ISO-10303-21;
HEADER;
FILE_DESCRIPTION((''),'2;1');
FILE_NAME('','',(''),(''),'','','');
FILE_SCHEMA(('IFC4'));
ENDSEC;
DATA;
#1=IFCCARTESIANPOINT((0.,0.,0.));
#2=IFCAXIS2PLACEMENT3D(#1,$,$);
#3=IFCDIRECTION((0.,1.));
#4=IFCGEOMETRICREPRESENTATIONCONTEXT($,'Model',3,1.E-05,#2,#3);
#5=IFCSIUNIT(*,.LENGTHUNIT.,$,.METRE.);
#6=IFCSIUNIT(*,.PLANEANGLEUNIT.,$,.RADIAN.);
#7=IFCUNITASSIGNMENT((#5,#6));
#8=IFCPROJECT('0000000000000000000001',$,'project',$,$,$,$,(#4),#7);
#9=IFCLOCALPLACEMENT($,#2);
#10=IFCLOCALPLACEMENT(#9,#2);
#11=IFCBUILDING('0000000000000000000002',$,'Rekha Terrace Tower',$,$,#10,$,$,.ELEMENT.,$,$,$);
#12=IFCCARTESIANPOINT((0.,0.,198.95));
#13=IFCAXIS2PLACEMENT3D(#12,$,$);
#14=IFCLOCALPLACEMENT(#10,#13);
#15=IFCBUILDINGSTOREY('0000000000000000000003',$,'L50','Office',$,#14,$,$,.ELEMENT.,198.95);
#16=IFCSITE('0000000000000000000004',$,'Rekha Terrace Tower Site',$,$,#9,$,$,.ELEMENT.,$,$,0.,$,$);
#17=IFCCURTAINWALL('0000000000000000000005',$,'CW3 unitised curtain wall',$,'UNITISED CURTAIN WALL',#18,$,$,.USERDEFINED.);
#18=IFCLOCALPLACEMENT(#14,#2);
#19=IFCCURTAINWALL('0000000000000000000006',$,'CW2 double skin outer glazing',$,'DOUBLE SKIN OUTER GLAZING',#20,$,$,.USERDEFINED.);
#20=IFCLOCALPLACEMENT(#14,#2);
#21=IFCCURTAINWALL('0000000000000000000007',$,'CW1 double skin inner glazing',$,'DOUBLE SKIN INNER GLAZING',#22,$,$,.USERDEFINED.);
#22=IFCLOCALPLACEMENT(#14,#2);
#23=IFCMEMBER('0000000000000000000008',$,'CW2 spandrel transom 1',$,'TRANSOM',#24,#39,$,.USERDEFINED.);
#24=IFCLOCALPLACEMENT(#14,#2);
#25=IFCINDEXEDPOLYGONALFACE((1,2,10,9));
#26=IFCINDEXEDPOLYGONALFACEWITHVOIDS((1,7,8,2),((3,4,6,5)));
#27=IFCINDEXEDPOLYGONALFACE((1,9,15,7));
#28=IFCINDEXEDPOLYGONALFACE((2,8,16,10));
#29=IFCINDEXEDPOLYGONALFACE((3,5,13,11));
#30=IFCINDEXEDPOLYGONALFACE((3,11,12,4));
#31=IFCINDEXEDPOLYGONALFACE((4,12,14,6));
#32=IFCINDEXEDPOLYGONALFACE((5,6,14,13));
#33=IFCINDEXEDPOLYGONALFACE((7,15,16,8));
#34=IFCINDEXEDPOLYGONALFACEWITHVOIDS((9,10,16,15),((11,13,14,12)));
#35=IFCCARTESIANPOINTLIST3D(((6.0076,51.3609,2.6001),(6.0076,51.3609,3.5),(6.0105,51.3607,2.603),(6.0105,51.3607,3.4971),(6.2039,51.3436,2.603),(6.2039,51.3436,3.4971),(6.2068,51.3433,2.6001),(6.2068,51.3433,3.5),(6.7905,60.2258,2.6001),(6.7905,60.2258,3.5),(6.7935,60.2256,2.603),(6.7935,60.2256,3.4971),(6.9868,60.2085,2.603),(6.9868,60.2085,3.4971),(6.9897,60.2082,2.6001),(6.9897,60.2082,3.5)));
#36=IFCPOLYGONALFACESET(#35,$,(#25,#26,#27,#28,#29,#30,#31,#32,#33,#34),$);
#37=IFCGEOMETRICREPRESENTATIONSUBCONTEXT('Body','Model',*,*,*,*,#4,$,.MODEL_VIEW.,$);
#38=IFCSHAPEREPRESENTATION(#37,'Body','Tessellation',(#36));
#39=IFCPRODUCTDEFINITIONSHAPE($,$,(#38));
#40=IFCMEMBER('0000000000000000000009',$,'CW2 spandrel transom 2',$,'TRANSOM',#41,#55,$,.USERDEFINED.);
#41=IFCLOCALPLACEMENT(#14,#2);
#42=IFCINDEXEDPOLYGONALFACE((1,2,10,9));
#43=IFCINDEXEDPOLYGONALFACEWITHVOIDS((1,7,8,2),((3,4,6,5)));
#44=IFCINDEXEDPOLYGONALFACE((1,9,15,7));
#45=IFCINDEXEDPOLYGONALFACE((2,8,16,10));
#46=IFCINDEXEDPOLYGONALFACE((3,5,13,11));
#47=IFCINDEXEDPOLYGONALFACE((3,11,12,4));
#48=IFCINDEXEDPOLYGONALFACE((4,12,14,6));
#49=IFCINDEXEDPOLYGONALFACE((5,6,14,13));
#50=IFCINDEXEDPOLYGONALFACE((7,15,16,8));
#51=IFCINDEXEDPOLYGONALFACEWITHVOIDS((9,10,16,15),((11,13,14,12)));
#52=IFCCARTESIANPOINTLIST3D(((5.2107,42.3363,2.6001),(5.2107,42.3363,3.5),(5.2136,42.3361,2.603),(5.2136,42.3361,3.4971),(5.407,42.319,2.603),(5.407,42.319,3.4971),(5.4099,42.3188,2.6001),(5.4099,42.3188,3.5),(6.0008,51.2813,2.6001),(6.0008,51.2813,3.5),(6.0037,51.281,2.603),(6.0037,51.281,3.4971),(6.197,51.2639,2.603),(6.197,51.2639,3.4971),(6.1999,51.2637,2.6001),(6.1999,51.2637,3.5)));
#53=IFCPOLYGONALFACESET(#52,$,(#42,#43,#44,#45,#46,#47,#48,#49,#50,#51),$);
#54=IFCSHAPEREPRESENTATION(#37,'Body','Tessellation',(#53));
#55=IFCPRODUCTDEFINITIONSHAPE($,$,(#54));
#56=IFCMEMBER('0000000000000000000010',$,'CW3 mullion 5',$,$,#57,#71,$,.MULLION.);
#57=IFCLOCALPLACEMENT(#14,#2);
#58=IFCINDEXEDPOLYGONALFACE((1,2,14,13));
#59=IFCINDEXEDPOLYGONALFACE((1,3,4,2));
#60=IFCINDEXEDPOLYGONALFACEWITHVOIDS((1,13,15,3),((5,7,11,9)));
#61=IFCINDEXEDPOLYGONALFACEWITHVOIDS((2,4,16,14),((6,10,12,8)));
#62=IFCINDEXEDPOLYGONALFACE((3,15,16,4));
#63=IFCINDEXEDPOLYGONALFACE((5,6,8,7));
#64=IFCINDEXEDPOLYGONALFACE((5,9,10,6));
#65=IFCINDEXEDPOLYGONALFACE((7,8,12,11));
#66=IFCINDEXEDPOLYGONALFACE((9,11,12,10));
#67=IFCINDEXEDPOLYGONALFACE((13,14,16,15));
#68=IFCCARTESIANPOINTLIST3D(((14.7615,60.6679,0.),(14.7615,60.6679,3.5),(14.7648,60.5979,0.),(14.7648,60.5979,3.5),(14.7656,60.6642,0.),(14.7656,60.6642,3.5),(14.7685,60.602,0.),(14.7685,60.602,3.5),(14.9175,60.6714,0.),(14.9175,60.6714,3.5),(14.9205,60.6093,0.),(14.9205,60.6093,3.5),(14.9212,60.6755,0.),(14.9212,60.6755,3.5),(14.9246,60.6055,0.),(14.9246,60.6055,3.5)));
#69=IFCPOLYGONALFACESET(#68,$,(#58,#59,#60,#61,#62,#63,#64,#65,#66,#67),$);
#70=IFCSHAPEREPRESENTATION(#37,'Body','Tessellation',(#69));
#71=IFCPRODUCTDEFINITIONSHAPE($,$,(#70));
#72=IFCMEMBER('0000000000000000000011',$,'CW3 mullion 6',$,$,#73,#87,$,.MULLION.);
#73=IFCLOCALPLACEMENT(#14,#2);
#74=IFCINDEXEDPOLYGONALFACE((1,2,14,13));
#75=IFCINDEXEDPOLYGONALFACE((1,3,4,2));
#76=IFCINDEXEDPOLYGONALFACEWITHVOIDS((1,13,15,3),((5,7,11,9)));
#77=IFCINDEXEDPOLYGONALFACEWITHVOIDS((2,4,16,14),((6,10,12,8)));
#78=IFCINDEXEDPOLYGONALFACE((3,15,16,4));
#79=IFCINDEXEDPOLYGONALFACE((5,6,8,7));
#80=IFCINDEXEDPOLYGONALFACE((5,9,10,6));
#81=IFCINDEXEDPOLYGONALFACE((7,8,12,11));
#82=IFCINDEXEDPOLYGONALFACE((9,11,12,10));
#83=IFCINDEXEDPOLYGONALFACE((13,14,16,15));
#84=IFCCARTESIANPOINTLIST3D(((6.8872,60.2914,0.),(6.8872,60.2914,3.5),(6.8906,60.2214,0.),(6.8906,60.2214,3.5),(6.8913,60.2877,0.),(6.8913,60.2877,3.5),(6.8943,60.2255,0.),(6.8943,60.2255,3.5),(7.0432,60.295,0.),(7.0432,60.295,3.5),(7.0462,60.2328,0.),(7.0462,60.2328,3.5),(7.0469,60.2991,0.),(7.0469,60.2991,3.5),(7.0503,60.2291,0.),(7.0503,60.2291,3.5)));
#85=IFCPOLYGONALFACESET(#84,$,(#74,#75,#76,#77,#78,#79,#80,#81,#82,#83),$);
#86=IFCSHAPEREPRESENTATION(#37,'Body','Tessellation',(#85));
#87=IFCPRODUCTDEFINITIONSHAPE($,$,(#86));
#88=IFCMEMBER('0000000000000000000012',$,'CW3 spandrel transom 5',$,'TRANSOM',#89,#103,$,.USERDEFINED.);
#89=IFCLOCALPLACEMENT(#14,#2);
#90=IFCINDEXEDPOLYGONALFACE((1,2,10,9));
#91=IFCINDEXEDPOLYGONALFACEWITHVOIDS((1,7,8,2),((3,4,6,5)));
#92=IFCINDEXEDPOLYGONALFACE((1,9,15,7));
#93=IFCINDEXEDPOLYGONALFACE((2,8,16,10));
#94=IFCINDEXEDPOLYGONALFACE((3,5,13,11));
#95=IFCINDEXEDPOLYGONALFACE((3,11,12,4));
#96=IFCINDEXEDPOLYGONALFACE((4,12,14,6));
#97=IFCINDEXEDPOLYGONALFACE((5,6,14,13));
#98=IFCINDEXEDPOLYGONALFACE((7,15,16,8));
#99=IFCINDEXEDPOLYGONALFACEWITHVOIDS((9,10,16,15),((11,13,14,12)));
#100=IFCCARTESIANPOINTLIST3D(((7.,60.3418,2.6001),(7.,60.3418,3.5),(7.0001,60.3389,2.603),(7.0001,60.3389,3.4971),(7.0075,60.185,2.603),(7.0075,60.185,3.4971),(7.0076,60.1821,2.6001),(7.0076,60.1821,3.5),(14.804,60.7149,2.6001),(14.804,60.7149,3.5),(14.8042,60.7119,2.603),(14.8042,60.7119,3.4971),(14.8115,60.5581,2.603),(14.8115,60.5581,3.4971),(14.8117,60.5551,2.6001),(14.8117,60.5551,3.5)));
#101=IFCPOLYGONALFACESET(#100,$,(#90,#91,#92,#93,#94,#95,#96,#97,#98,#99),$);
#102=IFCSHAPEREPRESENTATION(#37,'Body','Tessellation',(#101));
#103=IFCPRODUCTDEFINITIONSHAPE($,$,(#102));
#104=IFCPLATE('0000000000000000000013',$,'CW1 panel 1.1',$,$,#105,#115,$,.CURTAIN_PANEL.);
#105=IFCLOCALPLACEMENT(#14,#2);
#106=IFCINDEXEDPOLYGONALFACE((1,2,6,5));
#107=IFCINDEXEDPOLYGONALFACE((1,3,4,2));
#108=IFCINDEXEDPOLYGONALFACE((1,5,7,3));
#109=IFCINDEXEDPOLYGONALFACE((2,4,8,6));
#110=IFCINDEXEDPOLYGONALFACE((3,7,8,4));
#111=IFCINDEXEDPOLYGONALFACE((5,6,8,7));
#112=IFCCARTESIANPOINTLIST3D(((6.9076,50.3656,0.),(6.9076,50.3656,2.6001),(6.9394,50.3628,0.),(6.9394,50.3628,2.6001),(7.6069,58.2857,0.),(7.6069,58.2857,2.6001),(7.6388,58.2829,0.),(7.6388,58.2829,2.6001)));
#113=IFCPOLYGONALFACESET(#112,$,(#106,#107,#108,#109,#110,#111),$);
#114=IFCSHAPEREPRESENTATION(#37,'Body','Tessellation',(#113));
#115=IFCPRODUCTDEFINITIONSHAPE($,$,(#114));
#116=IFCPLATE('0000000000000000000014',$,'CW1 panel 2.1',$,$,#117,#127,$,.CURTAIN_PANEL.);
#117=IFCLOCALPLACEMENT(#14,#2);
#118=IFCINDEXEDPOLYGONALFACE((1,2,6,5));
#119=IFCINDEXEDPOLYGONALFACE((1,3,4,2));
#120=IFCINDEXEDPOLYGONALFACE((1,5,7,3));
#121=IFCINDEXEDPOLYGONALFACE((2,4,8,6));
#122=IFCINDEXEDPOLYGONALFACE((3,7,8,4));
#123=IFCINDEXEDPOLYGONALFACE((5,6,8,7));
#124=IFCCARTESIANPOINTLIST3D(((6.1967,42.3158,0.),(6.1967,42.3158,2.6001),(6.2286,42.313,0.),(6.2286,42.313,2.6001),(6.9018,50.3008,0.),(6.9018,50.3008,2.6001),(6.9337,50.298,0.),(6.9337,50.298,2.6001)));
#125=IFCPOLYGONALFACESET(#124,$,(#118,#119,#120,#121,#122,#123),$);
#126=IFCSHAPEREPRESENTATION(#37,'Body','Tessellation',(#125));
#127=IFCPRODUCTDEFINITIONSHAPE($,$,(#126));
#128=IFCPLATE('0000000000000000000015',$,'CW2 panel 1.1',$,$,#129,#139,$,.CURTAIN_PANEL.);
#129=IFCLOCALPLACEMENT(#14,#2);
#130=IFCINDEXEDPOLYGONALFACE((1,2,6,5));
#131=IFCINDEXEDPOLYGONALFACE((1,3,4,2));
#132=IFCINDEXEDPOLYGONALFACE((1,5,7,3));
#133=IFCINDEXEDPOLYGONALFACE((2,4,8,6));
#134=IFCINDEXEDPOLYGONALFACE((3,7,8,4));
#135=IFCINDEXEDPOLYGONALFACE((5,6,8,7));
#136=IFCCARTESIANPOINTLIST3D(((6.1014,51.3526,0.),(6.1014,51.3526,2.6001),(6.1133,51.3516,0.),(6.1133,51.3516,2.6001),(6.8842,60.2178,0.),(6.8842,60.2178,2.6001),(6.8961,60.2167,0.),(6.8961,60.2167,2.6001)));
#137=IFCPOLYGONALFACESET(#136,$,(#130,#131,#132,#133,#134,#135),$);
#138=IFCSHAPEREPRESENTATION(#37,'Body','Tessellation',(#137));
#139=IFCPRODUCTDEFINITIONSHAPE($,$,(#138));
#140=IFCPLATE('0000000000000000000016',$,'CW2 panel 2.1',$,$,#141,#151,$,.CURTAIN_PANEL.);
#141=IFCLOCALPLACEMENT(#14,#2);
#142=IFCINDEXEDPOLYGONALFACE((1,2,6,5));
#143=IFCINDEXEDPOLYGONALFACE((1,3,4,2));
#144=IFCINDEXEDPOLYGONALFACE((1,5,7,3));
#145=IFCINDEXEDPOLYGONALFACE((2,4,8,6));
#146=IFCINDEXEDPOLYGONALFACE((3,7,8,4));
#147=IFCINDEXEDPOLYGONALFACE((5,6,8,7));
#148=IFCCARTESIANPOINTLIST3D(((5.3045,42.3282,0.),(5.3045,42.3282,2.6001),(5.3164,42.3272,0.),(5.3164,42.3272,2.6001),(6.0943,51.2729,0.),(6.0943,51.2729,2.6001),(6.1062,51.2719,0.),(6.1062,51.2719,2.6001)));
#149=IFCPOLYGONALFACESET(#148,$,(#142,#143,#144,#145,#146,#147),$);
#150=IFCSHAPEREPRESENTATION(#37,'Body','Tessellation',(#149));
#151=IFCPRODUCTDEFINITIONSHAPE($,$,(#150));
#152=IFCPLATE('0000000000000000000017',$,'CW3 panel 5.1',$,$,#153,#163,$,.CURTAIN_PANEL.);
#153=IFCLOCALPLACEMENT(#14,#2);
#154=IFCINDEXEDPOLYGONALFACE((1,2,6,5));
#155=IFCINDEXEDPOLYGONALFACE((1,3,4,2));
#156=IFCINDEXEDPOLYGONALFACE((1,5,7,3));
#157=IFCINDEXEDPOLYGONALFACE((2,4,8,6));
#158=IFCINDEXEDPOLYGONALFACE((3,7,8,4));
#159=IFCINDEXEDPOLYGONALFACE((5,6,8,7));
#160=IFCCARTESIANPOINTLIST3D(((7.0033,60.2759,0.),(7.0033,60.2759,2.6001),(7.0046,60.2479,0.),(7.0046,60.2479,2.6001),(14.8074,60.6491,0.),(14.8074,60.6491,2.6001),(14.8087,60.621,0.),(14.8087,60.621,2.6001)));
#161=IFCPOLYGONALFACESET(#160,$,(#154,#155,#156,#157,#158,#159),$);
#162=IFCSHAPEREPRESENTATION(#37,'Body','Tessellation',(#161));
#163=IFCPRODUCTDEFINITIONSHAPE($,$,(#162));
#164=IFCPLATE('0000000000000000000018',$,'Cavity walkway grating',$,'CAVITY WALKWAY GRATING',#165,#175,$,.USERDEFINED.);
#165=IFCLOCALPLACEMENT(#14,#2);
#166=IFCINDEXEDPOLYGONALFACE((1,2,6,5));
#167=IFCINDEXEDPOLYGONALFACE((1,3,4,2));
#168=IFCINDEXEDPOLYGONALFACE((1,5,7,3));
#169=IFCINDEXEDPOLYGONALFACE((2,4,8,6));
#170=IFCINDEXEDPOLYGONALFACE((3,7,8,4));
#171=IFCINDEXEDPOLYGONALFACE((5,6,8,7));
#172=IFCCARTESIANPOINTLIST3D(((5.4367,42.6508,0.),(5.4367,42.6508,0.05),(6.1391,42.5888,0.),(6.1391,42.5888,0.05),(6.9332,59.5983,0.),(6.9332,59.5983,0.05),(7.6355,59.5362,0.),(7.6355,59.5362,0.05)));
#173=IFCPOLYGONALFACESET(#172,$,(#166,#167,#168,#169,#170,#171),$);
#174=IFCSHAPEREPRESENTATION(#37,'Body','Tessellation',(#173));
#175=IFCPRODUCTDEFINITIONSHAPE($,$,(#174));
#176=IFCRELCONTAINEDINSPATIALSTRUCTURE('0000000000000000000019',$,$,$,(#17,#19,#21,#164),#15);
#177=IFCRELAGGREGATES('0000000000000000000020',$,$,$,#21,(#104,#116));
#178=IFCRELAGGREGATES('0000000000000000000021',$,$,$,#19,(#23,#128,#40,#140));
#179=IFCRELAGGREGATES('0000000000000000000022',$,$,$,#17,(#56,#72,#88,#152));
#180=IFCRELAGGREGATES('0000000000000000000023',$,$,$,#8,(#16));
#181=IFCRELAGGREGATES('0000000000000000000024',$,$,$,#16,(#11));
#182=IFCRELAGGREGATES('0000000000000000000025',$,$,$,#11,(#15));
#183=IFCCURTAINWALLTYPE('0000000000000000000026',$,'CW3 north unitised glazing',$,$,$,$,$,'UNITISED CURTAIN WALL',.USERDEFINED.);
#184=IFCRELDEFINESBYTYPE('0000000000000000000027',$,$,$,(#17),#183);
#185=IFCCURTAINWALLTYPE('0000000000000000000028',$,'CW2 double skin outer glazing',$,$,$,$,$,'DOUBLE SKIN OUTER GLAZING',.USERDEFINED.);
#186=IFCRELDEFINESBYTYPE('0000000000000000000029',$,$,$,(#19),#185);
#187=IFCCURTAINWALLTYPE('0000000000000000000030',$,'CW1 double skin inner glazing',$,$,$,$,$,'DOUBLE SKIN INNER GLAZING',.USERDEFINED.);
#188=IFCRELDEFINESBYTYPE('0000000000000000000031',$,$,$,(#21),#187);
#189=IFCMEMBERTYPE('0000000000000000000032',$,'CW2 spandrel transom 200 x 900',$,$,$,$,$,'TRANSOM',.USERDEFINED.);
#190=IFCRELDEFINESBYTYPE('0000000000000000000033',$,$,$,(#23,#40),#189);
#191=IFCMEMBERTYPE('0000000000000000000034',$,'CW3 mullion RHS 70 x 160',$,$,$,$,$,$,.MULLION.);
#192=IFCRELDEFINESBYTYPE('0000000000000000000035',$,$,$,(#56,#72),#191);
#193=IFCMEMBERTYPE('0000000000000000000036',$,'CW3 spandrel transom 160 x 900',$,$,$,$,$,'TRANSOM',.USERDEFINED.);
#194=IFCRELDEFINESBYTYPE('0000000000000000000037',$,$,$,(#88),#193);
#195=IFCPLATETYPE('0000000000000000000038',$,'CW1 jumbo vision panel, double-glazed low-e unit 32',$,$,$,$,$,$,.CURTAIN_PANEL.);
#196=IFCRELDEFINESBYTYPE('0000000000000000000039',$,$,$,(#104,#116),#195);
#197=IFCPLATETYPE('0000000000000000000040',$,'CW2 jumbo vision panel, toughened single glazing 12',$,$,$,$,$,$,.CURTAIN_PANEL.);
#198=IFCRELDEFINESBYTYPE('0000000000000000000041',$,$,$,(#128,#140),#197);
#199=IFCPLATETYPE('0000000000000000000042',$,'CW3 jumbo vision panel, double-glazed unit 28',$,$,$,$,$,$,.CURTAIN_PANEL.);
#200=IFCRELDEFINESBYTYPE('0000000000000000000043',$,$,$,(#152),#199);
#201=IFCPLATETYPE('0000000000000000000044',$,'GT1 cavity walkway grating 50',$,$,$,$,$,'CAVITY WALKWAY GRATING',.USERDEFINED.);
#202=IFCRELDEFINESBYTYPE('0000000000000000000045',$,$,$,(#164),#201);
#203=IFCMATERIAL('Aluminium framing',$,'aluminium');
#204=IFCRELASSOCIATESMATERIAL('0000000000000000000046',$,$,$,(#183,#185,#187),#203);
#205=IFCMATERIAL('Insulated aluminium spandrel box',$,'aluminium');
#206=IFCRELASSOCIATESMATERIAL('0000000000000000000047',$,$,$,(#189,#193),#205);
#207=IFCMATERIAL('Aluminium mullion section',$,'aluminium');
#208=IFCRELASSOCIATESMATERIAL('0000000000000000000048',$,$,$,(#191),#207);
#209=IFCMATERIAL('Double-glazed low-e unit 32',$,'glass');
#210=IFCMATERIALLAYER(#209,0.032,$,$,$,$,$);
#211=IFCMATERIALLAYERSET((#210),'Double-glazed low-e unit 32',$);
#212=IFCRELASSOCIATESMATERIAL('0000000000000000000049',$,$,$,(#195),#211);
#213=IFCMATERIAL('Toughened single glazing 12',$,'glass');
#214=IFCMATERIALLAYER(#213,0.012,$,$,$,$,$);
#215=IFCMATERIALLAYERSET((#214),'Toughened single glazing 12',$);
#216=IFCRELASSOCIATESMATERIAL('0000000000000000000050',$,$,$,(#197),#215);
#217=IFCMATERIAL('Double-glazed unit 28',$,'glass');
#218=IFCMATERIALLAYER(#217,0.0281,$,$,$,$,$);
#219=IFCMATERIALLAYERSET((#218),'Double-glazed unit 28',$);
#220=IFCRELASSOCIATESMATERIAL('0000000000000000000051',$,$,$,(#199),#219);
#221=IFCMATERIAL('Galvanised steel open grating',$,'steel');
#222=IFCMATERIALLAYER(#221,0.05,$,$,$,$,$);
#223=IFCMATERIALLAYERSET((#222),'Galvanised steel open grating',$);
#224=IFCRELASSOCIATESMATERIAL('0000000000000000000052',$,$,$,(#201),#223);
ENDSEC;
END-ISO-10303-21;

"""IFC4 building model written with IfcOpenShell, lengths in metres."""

from ifc_helpers import new_model, si_unit, direction, frame, origin, origin_2d, place, context, subcontext, project, spatial, rectangle, hollow_rectangle, extrude, material, layer, layer_set, material_profile, profile_set, type_object, element, aggregate, save


model = new_model("IFC4")

# Units and contexts
model_context = context("Model", 3, precision=1e-05, world=origin(), true_north=direction((0.0, 1.0)))
body_context = subcontext(model_context, "Body", "Model", "MODEL_VIEW")
ifc_project = project(units=[si_unit("LENGTHUNIT", "METRE"), si_unit("PLANEANGLEUNIT", "RADIAN")], contexts=[model_context])

# Site, building, storey
site_placement = place(None, origin())
site = spatial("IfcSite", under=ifc_project, at=site_placement, Name="Rekha Terrace Tower Site", CompositionType="ELEMENT", RefElevation=0.0)
building_placement = place(site_placement, origin())
building = spatial("IfcBuilding", under=site, at=building_placement, Name="Rekha Terrace Tower", CompositionType="ELEMENT")
storey_placement = place(building_placement, frame((0.0, 0.0, 198.95)))
storey = spatial("IfcBuildingStorey", under=building, at=storey_placement, Name="L50", Description="Office", CompositionType="ELEMENT", Elevation=198.95)

# Curtain walls
ifc_material_1 = material(Name="Aluminium framing", Category="aluminium")
curtain_wall_type_1 = type_object("IfcCurtainWallType", Name="CW3 north unitised glazing", ElementType="UNITISED CURTAIN WALL", PredefinedType="USERDEFINED", material=ifc_material_1)
curtain_wall_1_placement = place(storey_placement, origin())
curtain_wall_1 = element("IfcCurtainWall", 1, at=curtain_wall_1_placement, inside=storey, type_object=curtain_wall_type_1, Name="CW3 unitised curtain wall", ObjectType="UNITISED CURTAIN WALL", PredefinedType="USERDEFINED")
curtain_wall_type_2 = type_object("IfcCurtainWallType", Name="CW2 double skin outer glazing", ElementType="DOUBLE SKIN OUTER GLAZING", PredefinedType="USERDEFINED", material=ifc_material_1)
curtain_wall_2_placement = place(storey_placement, origin())
curtain_wall_2 = element("IfcCurtainWall", 2, at=curtain_wall_2_placement, inside=storey, type_object=curtain_wall_type_2, Name="CW2 double skin outer glazing", ObjectType="DOUBLE SKIN OUTER GLAZING", PredefinedType="USERDEFINED")

# Curtain wall
curtain_wall_type_3 = type_object("IfcCurtainWallType", Name="CW1 double skin inner glazing", ElementType="DOUBLE SKIN INNER GLAZING", PredefinedType="USERDEFINED", material=ifc_material_1)
curtain_wall_3_placement = place(storey_placement, origin())
curtain_wall_3 = element("IfcCurtainWall", 3, at=curtain_wall_3_placement, inside=storey, type_object=curtain_wall_type_3, Name="CW1 double skin inner glazing", ObjectType="DOUBLE SKIN INNER GLAZING", PredefinedType="USERDEFINED")
ifc_material_2 = material(Name="Aluminium mullion section", Category="aluminium")
ifc_material_3 = material(Name="Insulated aluminium spandrel box", Category="aluminium")

# Members
ifc_material_profile_1 = material_profile(ifc_material_3, hollow_rectangle(XDim=0.2, YDim=0.8999, WallThickness=0.0029, at=origin_2d()), Name="AL SPANDREL BOX 200x900")
ifc_profile_set_1 = profile_set([ifc_material_profile_1], Name="Insulated aluminium spandrel box")
member_type_1 = type_object("IfcMemberType", Name="CW2 spandrel transom 200 x 900", ElementType="TRANSOM", PredefinedType="USERDEFINED", material=ifc_profile_set_1)
member_1_placement = place(storey_placement, frame((6.8901, 60.217, 3.05), z_axis=(-0.087978, -0.996122, 0.0), x_axis=(0.996122, -0.087978, 0.0)))
member_1 = element("IfcMember", 4, at=member_1_placement, type_object=member_type_1, Name="CW2 spandrel transom 1", ObjectType="TRANSOM", PredefinedType="USERDEFINED", context=body_context, shape_type="SweptSolid", body=[
    extrude(hollow_rectangle(XDim=0.2, YDim=0.8999, WallThickness=0.0029, at=origin_2d()), origin(), (0.0, 0.0, 1.0), 8.8994),
])
member_2_placement = place(storey_placement, frame((6.1003, 51.2725, 3.05), z_axis=(-0.087981, -0.996122, 0.0), x_axis=(0.996122, -0.087981, 0.0)))
member_2 = element("IfcMember", 5, at=member_2_placement, type_object=member_type_1, Name="CW2 spandrel transom 2", ObjectType="TRANSOM", PredefinedType="USERDEFINED", context=body_context, shape_type="SweptSolid", body=[
    extrude(hollow_rectangle(XDim=0.2, YDim=0.8999, WallThickness=0.0029, at=origin_2d()), origin(), (0.0, 0.0, 1.0), 8.9797),
])
ifc_material_profile_2 = material_profile(ifc_material_2, hollow_rectangle(XDim=0.0701, YDim=0.1599, WallThickness=0.0039, at=origin_2d()), Name="AL RHS 70x160")
ifc_profile_set_2 = profile_set([ifc_material_profile_2], Name="Aluminium mullion section")
member_type_2 = type_object("IfcMemberType", Name="CW3 mullion RHS 70 x 160", PredefinedType="MULLION", material=ifc_profile_set_2)
member_3_placement = place(storey_placement, frame((14.843, 60.6367, 0.0), z_axis=(0.0, 0.0, 1.0), x_axis=(0.047759, -0.998859, 0.0)))
member_3 = element("IfcMember", 6, at=member_3_placement, type_object=member_type_2, Name="CW3 mullion 5", PredefinedType="MULLION", context=body_context, shape_type="SweptSolid", body=[
    extrude(hollow_rectangle(XDim=0.0701, YDim=0.1599, WallThickness=0.0039, at=origin_2d()), origin(), (0.0, 0.0, 1.0), 3.5),
])
member_4_placement = place(storey_placement, frame((6.9688, 60.2603, 0.0), z_axis=(0.0, 0.0, 1.0), x_axis=(0.047759, -0.998859, 0.0)))
member_4 = element("IfcMember", 7, at=member_4_placement, type_object=member_type_2, Name="CW3 mullion 6", PredefinedType="MULLION", context=body_context, shape_type="SweptSolid", body=[
    extrude(hollow_rectangle(XDim=0.0701, YDim=0.1599, WallThickness=0.0039, at=origin_2d()), origin(), (0.0, 0.0, 1.0), 3.5),
])
ifc_material_profile_3 = material_profile(ifc_material_3, hollow_rectangle(XDim=0.1599, YDim=0.8999, WallThickness=0.0029, at=origin_2d()), Name="AL SPANDREL BOX 160x900")
ifc_profile_set_3 = profile_set([ifc_material_profile_3], Name="Insulated aluminium spandrel box")
member_type_3 = type_object("IfcMemberType", Name="CW3 spandrel transom 160 x 900", ElementType="TRANSOM", PredefinedType="USERDEFINED", material=ifc_profile_set_3)
member_5_placement = place(storey_placement, frame((14.8079, 60.635, 3.05), z_axis=(-0.998859, -0.047748, 0.0), x_axis=(0.047748, -0.998859, 0.0)))
member_5 = element("IfcMember", 8, at=member_5_placement, type_object=member_type_3, Name="CW3 spandrel transom 5", ObjectType="TRANSOM", PredefinedType="USERDEFINED", context=body_context, shape_type="SweptSolid", body=[
    extrude(hollow_rectangle(XDim=0.1599, YDim=0.8999, WallThickness=0.0029, at=origin_2d()), origin(), (0.0, 0.0, 1.0), 7.813),
])

# Plates
ifc_material_4 = material(Name="Double-glazed low-e unit 32", Category="glass")
ifc_layer_1 = layer(ifc_material_4, 0.032)
ifc_layer_set_1 = layer_set([ifc_layer_1], Name="Double-glazed low-e unit 32")
plate_type_1 = type_object("IfcPlateType", Name="CW1 jumbo vision panel, double-glazed low-e unit 32", PredefinedType="CURTAIN_PANEL", material=ifc_layer_set_1)
plate_1_placement = place(storey_placement, frame((7.2732, 54.3242, 0.0), z_axis=(0.0, 0.0, 1.0), x_axis=(-0.087958, -0.996124, 0.0)))
plate_1 = element("IfcPlate", 9, at=plate_1_placement, type_object=plate_type_1, Name="CW1 panel 1.1", PredefinedType="CURTAIN_PANEL", context=body_context, shape_type="SweptSolid", body=[
    extrude(rectangle(XDim=7.9509, YDim=0.032, at=origin_2d()), origin(), (0.0, 0.0, 1.0), 2.6001),
])
plate_2_placement = place(storey_placement, frame((6.5652, 46.3069, 0.0), z_axis=(0.0, 0.0, 1.0), x_axis=(-0.087958, -0.996124, 0.0)))
plate_2 = element("IfcPlate", 10, at=plate_2_placement, type_object=plate_type_1, Name="CW1 panel 2.1", PredefinedType="CURTAIN_PANEL", context=body_context, shape_type="SweptSolid", body=[
    extrude(rectangle(XDim=8.0161, YDim=0.032, at=origin_2d()), origin(), (0.0, 0.0, 1.0), 2.6001),
])
aggregate(curtain_wall_3, [plate_1, plate_2])
ifc_material_5 = material(Name="Toughened single glazing 12", Category="glass")
ifc_layer_2 = layer(ifc_material_5, 0.012)
ifc_layer_set_2 = layer_set([ifc_layer_2], Name="Toughened single glazing 12")
plate_type_2 = type_object("IfcPlateType", Name="CW2 jumbo vision panel, toughened single glazing 12", PredefinedType="CURTAIN_PANEL", material=ifc_layer_set_2)
plate_3_placement = place(storey_placement, frame((6.4988, 55.7847, 0.0), z_axis=(0.0, 0.0, 1.0), x_axis=(-0.087958, -0.996124, 0.0)))
plate_3 = element("IfcPlate", 11, at=plate_3_placement, type_object=plate_type_2, Name="CW2 panel 1.1", PredefinedType="CURTAIN_PANEL", context=body_context, shape_type="SweptSolid", body=[
    extrude(rectangle(XDim=8.8997, YDim=0.012, at=origin_2d()), origin(), (0.0, 0.0, 1.0), 2.6001),
])
plate_4_placement = place(storey_placement, frame((5.7053, 46.8, 0.0), z_axis=(0.0, 0.0, 1.0), x_axis=(-0.087958, -0.996124, 0.0)))
plate_4 = element("IfcPlate", 12, at=plate_4_placement, type_object=plate_type_2, Name="CW2 panel 2.1", PredefinedType="CURTAIN_PANEL", context=body_context, shape_type="SweptSolid", body=[
    extrude(rectangle(XDim=8.9795, YDim=0.012, at=origin_2d()), origin(), (0.0, 0.0, 1.0), 2.6001),
])
aggregate(curtain_wall_2, [member_1, plate_3, member_2, plate_4])
ifc_material_6 = material(Name="Double-glazed unit 28", Category="glass")
ifc_layer_3 = layer(ifc_material_6, 0.0281)
ifc_layer_set_3 = layer_set([ifc_layer_3], Name="Double-glazed unit 28")
plate_type_3 = type_object("IfcPlateType", Name="CW3 jumbo vision panel, double-glazed unit 28", PredefinedType="CURTAIN_PANEL", material=ifc_layer_set_3)
plate_5_placement = place(storey_placement, frame((10.906, 60.4485, 0.0), z_axis=(0.0, 0.0, 1.0), x_axis=(-0.998859, -0.047759, 0.0)))
plate_5 = element("IfcPlate", 13, at=plate_5_placement, type_object=plate_type_3, Name="CW3 panel 5.1", PredefinedType="CURTAIN_PANEL", context=body_context, shape_type="SweptSolid", body=[
    extrude(rectangle(XDim=7.813, YDim=0.0281, at=origin_2d()), origin(), (0.0, 0.0, 1.0), 2.6001),
])
aggregate(curtain_wall_1, [member_3, member_4, member_5, plate_5])
ifc_material_7 = material(Name="Galvanised steel open grating", Category="steel")
ifc_layer_4 = layer(ifc_material_7, 0.05)
ifc_layer_set_4 = layer_set([ifc_layer_4], Name="Galvanised steel open grating")
plate_type_4 = type_object("IfcPlateType", Name="GT1 cavity walkway grating 50", ElementType="CAVITY WALKWAY GRATING", PredefinedType="USERDEFINED", material=ifc_layer_set_4)
plate_6_placement = place(storey_placement, frame((6.5361, 51.0935, 0.0), z_axis=(0.0, 0.0, 1.0), x_axis=(-0.087958, -0.996124, 0.0)))
element("IfcPlate", 14, at=plate_6_placement, inside=storey, type_object=plate_type_4, Name="Cavity walkway grating", ObjectType="CAVITY WALKWAY GRATING", PredefinedType="USERDEFINED", context=body_context, shape_type="SweptSolid", body=[
    extrude(rectangle(XDim=17.0134, YDim=0.7051, at=origin_2d()), origin(), (0.0, 0.0, 1.0), 0.05),
])

save(model, "model.ifc")
